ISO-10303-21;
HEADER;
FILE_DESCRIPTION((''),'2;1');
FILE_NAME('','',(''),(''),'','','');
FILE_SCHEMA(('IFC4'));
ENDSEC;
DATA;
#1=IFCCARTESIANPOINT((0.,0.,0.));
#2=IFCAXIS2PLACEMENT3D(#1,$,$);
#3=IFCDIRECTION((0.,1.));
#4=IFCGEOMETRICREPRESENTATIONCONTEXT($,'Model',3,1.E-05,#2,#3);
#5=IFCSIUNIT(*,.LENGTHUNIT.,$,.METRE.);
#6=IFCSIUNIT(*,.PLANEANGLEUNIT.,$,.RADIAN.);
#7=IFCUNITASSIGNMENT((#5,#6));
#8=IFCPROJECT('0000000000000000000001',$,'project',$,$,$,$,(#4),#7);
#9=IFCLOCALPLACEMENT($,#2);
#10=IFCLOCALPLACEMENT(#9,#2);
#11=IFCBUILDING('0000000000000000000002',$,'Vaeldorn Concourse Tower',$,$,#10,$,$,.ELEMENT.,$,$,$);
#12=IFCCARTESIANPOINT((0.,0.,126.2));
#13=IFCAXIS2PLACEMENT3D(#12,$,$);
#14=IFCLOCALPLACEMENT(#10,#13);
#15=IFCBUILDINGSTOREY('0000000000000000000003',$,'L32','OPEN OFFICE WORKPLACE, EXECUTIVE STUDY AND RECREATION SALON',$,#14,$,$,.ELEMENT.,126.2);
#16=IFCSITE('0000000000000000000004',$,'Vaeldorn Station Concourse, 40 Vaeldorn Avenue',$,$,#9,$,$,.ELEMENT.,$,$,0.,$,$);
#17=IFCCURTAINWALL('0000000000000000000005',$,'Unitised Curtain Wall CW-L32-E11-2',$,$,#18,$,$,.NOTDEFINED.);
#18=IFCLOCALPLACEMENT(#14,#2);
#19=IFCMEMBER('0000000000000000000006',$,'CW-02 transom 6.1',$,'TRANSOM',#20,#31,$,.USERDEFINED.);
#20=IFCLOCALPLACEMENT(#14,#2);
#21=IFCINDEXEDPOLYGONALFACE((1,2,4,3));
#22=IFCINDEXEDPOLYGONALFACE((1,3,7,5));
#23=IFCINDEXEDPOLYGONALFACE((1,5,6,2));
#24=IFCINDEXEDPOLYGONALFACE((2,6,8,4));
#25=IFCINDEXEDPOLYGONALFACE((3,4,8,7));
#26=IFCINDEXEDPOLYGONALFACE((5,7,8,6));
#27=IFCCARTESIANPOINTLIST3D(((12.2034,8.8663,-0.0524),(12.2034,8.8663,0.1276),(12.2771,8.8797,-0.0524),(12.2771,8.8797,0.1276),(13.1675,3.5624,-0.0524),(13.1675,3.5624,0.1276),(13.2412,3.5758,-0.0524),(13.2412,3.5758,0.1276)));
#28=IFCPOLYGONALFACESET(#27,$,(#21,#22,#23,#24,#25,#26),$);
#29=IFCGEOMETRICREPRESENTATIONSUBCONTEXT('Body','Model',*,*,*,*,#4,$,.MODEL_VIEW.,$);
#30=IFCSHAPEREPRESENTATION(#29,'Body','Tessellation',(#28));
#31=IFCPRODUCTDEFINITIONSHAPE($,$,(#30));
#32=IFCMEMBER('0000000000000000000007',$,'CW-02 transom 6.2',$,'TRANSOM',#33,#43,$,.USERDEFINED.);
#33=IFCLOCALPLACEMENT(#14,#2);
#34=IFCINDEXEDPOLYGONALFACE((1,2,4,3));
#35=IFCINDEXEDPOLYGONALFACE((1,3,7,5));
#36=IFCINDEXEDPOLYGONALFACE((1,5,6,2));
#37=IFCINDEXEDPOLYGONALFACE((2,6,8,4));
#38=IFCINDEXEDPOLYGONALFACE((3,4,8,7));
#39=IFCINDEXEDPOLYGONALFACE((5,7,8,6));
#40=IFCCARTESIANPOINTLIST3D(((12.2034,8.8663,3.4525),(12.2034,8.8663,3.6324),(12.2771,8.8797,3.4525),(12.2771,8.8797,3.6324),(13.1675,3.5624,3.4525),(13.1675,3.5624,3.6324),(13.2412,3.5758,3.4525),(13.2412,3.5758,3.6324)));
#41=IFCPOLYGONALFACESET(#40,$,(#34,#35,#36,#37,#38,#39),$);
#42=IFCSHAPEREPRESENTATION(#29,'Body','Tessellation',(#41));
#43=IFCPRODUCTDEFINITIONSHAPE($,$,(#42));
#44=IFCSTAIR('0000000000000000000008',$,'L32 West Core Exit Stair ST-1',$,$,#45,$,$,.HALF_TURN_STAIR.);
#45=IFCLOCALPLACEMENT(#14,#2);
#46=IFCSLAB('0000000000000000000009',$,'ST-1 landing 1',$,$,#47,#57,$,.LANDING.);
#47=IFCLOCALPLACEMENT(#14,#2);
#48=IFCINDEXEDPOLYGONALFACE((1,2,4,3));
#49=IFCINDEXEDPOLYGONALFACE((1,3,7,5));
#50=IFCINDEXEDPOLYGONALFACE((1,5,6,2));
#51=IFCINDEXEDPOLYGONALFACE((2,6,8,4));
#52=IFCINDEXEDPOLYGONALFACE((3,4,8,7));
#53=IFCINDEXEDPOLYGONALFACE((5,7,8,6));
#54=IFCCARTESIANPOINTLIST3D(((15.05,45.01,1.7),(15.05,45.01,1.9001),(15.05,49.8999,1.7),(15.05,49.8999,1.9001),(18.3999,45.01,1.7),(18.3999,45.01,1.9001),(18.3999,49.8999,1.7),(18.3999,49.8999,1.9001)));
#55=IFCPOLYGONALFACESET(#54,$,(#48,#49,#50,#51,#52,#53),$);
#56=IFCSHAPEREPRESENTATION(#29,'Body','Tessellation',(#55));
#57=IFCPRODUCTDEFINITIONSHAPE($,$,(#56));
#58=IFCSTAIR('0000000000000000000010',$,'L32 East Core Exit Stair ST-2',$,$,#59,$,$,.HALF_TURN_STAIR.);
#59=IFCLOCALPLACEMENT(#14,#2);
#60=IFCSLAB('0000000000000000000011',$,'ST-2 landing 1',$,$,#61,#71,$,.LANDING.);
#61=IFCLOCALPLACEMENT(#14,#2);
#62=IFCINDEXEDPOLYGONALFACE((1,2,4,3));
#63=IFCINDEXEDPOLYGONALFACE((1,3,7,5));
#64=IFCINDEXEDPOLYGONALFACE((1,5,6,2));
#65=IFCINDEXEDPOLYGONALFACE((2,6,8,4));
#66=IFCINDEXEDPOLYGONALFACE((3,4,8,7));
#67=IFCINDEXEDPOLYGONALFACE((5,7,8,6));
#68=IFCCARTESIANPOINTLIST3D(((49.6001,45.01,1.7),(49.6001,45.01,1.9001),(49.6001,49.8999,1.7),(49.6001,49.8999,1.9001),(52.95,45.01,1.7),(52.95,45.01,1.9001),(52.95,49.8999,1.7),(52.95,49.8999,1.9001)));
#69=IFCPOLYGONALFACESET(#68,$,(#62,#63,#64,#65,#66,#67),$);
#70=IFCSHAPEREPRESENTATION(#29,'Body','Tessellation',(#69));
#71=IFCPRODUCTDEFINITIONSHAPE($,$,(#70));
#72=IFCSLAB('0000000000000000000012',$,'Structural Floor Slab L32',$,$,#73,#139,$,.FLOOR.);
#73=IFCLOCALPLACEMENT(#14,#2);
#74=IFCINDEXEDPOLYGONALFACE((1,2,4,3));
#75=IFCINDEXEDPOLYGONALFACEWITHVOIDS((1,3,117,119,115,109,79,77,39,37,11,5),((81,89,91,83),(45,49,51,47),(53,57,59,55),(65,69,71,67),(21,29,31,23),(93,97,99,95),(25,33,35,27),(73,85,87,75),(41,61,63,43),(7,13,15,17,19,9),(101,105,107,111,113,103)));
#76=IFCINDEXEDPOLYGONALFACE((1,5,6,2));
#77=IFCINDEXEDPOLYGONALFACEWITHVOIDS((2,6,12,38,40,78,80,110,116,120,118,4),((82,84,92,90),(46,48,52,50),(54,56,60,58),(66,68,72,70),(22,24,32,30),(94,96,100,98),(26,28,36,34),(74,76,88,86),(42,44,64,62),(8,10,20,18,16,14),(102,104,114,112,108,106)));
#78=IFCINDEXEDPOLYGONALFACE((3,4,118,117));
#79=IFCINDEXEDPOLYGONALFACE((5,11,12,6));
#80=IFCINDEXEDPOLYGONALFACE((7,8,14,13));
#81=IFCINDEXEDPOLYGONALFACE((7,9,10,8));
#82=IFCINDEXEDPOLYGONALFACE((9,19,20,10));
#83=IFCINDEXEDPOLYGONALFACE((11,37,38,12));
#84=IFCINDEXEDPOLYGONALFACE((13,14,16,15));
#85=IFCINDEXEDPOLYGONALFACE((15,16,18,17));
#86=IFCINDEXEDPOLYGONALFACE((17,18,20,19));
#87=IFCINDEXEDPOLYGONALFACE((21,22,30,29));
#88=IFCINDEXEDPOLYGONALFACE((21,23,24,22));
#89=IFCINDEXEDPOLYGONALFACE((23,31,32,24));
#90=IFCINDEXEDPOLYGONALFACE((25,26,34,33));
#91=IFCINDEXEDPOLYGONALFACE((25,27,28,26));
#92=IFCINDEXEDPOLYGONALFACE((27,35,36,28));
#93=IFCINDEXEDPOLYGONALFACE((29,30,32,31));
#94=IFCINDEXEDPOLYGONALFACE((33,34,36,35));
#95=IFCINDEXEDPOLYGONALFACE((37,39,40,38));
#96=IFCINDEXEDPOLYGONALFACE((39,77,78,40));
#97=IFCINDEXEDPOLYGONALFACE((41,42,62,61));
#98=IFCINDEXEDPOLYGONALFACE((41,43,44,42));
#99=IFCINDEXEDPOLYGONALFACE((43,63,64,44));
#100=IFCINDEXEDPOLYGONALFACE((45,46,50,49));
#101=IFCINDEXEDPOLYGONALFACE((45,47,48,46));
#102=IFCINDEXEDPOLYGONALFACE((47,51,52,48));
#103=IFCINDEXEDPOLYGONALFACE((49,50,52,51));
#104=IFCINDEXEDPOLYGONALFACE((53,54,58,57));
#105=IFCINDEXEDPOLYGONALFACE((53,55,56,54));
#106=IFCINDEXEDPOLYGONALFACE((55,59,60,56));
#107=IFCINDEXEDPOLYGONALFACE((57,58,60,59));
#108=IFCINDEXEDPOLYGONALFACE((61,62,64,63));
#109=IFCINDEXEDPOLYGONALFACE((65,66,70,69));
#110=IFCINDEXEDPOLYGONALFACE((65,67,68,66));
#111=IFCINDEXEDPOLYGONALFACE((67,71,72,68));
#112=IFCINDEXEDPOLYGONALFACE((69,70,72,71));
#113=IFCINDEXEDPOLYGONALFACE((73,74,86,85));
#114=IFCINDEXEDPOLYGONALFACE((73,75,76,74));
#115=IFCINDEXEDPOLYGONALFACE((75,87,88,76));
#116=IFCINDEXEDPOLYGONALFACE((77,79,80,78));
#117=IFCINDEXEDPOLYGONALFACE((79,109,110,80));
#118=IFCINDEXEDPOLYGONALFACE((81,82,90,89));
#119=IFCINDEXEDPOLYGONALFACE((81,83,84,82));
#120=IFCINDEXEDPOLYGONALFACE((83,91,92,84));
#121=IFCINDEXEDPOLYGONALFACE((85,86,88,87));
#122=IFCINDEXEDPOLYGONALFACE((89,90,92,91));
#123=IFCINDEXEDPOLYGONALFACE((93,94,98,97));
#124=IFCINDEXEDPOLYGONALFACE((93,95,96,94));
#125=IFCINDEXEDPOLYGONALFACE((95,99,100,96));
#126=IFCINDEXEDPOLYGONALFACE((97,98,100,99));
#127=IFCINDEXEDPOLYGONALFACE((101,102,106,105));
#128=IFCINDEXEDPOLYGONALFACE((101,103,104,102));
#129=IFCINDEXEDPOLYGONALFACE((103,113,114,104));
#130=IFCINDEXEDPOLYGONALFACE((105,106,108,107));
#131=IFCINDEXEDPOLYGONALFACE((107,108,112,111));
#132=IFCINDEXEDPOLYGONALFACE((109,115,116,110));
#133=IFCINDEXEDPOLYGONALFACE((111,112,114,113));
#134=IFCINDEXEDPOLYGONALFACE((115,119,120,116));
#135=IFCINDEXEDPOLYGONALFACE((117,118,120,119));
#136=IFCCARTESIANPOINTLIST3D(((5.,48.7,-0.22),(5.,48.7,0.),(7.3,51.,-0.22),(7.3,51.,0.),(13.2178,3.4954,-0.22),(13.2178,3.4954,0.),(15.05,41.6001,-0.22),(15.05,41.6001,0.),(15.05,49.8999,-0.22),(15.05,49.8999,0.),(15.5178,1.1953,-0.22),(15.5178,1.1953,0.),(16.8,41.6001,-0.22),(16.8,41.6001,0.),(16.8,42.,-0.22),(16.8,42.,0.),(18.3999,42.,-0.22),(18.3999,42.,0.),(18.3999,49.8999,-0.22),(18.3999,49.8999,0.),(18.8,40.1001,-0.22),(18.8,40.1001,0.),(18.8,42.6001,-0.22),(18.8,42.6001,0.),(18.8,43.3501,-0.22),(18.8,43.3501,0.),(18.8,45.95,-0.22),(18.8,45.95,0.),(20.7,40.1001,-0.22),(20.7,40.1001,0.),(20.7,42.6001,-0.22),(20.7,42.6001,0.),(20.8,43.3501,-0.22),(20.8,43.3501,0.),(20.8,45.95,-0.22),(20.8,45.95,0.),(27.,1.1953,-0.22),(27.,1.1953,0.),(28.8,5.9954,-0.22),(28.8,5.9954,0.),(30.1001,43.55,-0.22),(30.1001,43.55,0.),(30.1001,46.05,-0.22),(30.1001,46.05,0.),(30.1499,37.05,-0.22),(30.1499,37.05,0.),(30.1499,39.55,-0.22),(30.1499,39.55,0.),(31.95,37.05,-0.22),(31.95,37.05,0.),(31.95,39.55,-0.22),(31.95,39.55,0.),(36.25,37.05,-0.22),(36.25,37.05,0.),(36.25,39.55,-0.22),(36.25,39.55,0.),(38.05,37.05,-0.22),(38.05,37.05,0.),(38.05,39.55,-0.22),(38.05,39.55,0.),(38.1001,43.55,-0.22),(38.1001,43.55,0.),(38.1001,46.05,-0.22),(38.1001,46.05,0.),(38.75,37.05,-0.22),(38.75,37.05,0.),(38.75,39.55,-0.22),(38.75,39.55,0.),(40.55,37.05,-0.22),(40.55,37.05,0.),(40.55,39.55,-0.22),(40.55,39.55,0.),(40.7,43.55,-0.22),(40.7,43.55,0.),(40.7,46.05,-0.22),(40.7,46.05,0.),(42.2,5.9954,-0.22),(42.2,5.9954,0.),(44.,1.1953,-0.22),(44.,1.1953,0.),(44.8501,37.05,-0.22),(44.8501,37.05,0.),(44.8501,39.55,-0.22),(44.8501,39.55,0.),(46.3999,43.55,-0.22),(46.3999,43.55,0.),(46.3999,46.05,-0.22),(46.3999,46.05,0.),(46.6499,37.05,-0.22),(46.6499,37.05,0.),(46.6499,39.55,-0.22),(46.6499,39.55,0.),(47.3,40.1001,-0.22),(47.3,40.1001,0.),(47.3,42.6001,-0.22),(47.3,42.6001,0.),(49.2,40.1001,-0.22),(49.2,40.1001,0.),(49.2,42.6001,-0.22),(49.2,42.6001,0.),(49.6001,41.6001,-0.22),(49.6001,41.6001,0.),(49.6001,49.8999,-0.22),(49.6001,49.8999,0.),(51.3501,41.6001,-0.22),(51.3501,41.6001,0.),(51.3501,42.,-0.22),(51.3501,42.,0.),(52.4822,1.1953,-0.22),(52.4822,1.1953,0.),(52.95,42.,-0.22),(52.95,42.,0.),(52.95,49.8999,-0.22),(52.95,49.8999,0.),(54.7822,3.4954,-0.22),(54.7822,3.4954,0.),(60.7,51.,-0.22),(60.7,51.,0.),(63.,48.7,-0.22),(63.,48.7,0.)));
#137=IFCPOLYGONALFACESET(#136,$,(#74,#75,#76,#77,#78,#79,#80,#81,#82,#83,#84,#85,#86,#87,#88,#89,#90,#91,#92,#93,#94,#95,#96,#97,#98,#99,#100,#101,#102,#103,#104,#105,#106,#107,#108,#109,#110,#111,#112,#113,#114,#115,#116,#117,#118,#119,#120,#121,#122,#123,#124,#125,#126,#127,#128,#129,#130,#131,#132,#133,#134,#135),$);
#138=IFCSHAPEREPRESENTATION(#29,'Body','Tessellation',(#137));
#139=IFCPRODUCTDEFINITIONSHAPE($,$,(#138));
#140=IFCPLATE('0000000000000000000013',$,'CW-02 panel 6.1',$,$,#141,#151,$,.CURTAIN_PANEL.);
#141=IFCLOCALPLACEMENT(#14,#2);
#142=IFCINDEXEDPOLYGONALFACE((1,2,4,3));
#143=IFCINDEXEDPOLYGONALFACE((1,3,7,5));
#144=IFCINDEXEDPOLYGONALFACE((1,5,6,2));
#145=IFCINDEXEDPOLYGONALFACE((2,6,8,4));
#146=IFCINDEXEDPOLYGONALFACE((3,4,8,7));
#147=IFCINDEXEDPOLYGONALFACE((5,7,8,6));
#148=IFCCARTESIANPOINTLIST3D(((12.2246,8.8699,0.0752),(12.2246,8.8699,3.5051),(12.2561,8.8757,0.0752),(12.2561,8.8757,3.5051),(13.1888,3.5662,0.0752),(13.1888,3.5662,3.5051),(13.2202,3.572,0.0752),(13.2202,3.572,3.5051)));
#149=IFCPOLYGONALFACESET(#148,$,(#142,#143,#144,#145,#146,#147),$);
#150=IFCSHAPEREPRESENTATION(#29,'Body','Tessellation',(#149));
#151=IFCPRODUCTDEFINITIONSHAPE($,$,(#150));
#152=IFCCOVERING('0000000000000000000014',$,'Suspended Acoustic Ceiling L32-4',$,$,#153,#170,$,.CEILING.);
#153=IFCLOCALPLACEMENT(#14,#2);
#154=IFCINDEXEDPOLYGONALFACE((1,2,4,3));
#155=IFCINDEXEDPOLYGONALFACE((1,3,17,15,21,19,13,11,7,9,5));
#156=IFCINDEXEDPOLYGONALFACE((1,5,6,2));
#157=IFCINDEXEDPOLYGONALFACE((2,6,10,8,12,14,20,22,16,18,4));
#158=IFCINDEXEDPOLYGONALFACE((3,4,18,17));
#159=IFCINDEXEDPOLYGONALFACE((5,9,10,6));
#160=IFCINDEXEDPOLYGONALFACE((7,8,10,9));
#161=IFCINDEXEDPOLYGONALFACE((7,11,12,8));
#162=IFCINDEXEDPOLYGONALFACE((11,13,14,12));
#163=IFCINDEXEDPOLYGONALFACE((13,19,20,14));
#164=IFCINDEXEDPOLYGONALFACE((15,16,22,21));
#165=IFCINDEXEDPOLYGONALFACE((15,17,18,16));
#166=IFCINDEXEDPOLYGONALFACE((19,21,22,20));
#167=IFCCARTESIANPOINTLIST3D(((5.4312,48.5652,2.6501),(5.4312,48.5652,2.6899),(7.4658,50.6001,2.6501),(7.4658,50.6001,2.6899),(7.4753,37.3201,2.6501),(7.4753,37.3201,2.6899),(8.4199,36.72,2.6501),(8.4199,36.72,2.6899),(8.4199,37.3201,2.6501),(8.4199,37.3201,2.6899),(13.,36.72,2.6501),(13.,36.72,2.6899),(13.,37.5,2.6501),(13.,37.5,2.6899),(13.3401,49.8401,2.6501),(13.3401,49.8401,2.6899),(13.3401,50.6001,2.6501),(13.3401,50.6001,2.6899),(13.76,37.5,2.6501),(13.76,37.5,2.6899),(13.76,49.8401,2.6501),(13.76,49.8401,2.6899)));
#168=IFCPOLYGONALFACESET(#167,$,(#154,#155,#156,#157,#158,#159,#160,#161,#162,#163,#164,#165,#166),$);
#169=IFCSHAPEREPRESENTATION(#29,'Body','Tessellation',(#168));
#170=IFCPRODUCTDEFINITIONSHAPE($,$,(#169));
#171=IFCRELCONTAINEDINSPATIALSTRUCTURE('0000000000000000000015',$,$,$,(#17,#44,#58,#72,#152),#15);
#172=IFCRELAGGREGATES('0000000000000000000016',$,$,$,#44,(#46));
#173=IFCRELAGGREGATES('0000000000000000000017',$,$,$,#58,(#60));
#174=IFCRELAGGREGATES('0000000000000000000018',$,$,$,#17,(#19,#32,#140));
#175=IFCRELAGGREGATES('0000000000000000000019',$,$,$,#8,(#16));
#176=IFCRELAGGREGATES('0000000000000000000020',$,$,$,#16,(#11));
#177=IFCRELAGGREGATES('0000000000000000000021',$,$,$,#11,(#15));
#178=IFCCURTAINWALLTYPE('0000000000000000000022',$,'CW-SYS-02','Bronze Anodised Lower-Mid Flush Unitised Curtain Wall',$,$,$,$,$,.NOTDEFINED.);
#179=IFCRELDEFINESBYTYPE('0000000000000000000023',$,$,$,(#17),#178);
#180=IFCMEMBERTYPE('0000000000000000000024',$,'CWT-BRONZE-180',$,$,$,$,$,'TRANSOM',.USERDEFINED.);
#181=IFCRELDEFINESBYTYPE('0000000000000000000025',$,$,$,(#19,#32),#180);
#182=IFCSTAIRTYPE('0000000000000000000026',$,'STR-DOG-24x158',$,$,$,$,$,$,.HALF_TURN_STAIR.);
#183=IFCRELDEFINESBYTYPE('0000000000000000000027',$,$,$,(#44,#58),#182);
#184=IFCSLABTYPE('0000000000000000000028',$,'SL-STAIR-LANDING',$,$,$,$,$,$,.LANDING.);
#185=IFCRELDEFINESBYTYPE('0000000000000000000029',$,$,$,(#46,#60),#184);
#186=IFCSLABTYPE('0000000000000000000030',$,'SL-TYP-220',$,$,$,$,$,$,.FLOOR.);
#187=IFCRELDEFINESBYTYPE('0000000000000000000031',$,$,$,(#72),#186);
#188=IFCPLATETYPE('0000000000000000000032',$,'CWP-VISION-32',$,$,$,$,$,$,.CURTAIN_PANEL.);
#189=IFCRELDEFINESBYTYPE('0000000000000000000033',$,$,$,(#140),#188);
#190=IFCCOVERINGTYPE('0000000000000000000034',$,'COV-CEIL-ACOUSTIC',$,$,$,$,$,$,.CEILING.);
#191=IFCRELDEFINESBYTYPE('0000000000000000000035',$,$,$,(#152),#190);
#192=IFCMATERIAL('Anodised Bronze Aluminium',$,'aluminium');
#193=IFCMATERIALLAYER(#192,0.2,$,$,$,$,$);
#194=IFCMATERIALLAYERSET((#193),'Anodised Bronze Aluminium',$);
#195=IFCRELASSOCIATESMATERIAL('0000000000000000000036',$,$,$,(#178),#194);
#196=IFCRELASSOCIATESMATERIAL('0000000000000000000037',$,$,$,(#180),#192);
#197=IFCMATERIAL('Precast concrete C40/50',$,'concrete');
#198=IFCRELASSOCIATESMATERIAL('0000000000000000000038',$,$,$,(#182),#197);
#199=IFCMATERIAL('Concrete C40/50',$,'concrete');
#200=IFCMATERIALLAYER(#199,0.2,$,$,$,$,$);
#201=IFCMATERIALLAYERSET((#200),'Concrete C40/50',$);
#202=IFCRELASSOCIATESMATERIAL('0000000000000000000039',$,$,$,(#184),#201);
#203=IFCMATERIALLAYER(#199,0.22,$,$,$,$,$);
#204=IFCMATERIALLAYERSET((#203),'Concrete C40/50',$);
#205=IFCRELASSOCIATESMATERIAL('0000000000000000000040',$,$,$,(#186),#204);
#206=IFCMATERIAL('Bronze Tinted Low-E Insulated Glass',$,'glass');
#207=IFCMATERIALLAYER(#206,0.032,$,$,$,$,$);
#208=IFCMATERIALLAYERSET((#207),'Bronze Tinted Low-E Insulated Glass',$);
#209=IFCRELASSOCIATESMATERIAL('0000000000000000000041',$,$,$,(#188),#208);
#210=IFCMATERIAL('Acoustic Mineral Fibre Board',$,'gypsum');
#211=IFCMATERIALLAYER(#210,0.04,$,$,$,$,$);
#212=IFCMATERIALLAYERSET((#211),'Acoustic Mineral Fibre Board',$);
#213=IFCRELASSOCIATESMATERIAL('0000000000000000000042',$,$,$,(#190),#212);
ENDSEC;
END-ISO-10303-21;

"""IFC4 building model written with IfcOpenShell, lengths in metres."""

from ifc_helpers import new_model, si_unit, direction, frame, origin, origin_2d, place, context, subcontext, project, spatial, polyline, rectangle, outline, extrude, source, transform, mapped, material, layer, layer_set, material_profile, profile_set, type_object, element, aggregate, save


model = new_model("IFC4")

# Units and contexts
model_context = context("Model", 3, precision=1e-05, world=origin(), true_north=direction((0.0, 1.0)))
body_context = subcontext(model_context, "Body", "Model", "MODEL_VIEW")
ifc_project = project(units=[si_unit("LENGTHUNIT", "METRE"), si_unit("PLANEANGLEUNIT", "RADIAN")], contexts=[model_context])

# Site, building, storey
site_placement = place(None, origin())
site = spatial("IfcSite", under=ifc_project, at=site_placement, Name="Vaeldorn Station Concourse, 40 Vaeldorn Avenue", CompositionType="ELEMENT", RefElevation=0.0)
building_placement = place(site_placement, origin())
building = spatial("IfcBuilding", under=site, at=building_placement, Name="Vaeldorn Concourse Tower", CompositionType="ELEMENT")
storey_placement = place(building_placement, frame((0.0, 0.0, 126.2)))
storey = spatial("IfcBuildingStorey", under=building, at=storey_placement, Name="L32", Description="OPEN OFFICE WORKPLACE, EXECUTIVE STUDY AND RECREATION SALON", CompositionType="ELEMENT", Elevation=126.2)

# Curtain wall, members
ifc_material_1 = material(Name="Anodised Bronze Aluminium", Category="aluminium")
ifc_layer_1 = layer(ifc_material_1, 0.2)
ifc_layer_set_1 = layer_set([ifc_layer_1], Name="Anodised Bronze Aluminium")
curtain_wall_type = type_object("IfcCurtainWallType", Name="CW-SYS-02", Description="Bronze Anodised Lower-Mid Flush Unitised Curtain Wall", PredefinedType="NOTDEFINED", material=ifc_layer_set_1)
curtain_wall_placement = place(storey_placement, origin())
curtain_wall = element("IfcCurtainWall", 1, at=curtain_wall_placement, inside=storey, type_object=curtain_wall_type, Name="Unitised Curtain Wall CW-L32-E11-2", PredefinedType="NOTDEFINED")
ifc_material_profile = material_profile(ifc_material_1, rectangle(XDim=0.075, YDim=0.1799, at=origin_2d()), Name="CWT 75x180")
ifc_profile_set = profile_set([ifc_material_profile], Name="Anodised Bronze Aluminium")
member_type = type_object("IfcMemberType", Name="CWT-BRONZE-180", ElementType="TRANSOM", PredefinedType="USERDEFINED", material=ifc_profile_set)
shared_shape_1 = source(origin(), body_context, "Body", "SweptSolid", [
    extrude(rectangle(XDim=0.075, YDim=0.1799, at=origin_2d()), origin(), (0.0, 0.0, 1.0), 5.3909),
])
member_1_placement = place(storey_placement, frame((12.2402, 8.873, 0.0376), z_axis=(0.178842, -0.983878, 0.0), x_axis=(0.983878, 0.178842, 0.0)))
member_1 = element("IfcMember", 2, at=member_1_placement, type_object=member_type, Name="CW-02 transom 6.1", ObjectType="TRANSOM", PredefinedType="USERDEFINED", context=body_context, shape_type="MappedRepresentation", body=[
    mapped(shared_shape_1, transform((0.0, 0.0, 0.0), scale=1.0)),
])
member_2_placement = place(storey_placement, frame((12.2402, 8.873, 3.5425), z_axis=(0.178842, -0.983878, 0.0), x_axis=(0.983878, 0.178842, 0.0)))
member_2 = element("IfcMember", 3, at=member_2_placement, type_object=member_type, Name="CW-02 transom 6.2", ObjectType="TRANSOM", PredefinedType="USERDEFINED", context=body_context, shape_type="MappedRepresentation", body=[
    mapped(shared_shape_1, transform((0.0, 0.0, 0.0), scale=1.0)),
])

# Stairs, slabs
ifc_material_2 = material(Name="Precast concrete C40/50", Category="concrete")
stair_type = type_object("IfcStairType", Name="STR-DOG-24x158", PredefinedType="HALF_TURN_STAIR", material=ifc_material_2)
stair_1_placement = place(storey_placement, origin())
stair_1 = element("IfcStair", 4, at=stair_1_placement, inside=storey, type_object=stair_type, Name="L32 West Core Exit Stair ST-1", PredefinedType="HALF_TURN_STAIR")
ifc_material_3 = material(Name="Concrete C40/50", Category="concrete")
ifc_layer_2 = layer(ifc_material_3, 0.2)
ifc_layer_set_2 = layer_set([ifc_layer_2], Name="Concrete C40/50")
slab_type_1 = type_object("IfcSlabType", Name="SL-STAIR-LANDING", PredefinedType="LANDING", material=ifc_layer_set_2)
slab_1_placement = place(storey_placement, frame((0.0, 0.0, 1.7)))
slab_1 = element("IfcSlab", 5, at=slab_1_placement, type_object=slab_type_1, Name="ST-1 landing 1", PredefinedType="LANDING", context=body_context, shape_type="SweptSolid", body=[
    extrude(outline(polyline([(18.3999, 45.01), (18.3999, 49.8999), (15.05, 49.8999), (15.05, 45.01), (18.3999, 45.01)])), origin(), (0.0, 0.0, 1.0), 0.2002),
])
aggregate(stair_1, [slab_1])
stair_2_placement = place(storey_placement, origin())
stair_2 = element("IfcStair", 6, at=stair_2_placement, inside=storey, type_object=stair_type, Name="L32 East Core Exit Stair ST-2", PredefinedType="HALF_TURN_STAIR")
slab_2_placement = place(storey_placement, frame((0.0, 0.0, 1.7)))
slab_2 = element("IfcSlab", 7, at=slab_2_placement, type_object=slab_type_1, Name="ST-2 landing 1", PredefinedType="LANDING", context=body_context, shape_type="SweptSolid", body=[
    extrude(outline(polyline([(52.95, 45.01), (52.95, 49.8999), (49.6001, 49.8999), (49.6001, 45.01), (52.95, 45.01)])), origin(), (0.0, 0.0, 1.0), 0.2002),
])
aggregate(stair_2, [slab_2])

# Slab
ifc_layer_3 = layer(ifc_material_3, 0.22)
ifc_layer_set_3 = layer_set([ifc_layer_3], Name="Concrete C40/50")
slab_type_2 = type_object("IfcSlabType", Name="SL-TYP-220", PredefinedType="FLOOR", material=ifc_layer_set_3)
slab_3_placement = place(storey_placement, frame((0.0, 0.0, -0.22)))
element("IfcSlab", 8, at=slab_3_placement, inside=storey, type_object=slab_type_2, Name="Structural Floor Slab L32", PredefinedType="FLOOR", context=body_context, shape_type="SweptSolid", body=[
    extrude(outline(polyline([(15.5178, 1.1953), (27.0, 1.1953), (28.8, 5.9954), (42.2, 5.9954), (44.0, 1.1953), (52.4822, 1.1953), (54.7822, 3.4954), (63.0, 48.7), (60.7, 51.0), (7.3, 51.0), (5.0, 48.7), (13.2178, 3.4954), (15.5178, 1.1953)]), holes=[polyline([(18.3999, 42.0), (18.3999, 49.8999), (15.05, 49.8999), (15.05, 41.6001), (16.8, 41.6001), (16.8, 42.0), (18.3999, 42.0)]), polyline([(52.95, 42.0), (52.95, 49.8999), (49.6001, 49.8999), (49.6001, 41.6001), (51.3501, 41.6001), (51.3501, 42.0), (52.95, 42.0)]), polyline([(30.1499, 37.05), (31.95, 37.05), (31.95, 39.55), (30.1499, 39.55), (30.1499, 37.05)]), polyline([(36.25, 37.05), (38.05, 37.05), (38.05, 39.55), (36.25, 39.55), (36.25, 37.05)]), polyline([(30.1001, 43.55), (38.1001, 43.55), (38.1001, 46.05), (30.1001, 46.05), (30.1001, 43.55)]), polyline([(38.75, 37.05), (40.55, 37.05), (40.55, 39.55), (38.75, 39.55), (38.75, 37.05)]), polyline([(44.8501, 37.05), (46.6499, 37.05), (46.6499, 39.55), (44.8501, 39.55), (44.8501, 37.05)]), polyline([(40.7, 43.55), (46.3999, 43.55), (46.3999, 46.05), (40.7, 46.05), (40.7, 43.55)]), polyline([(18.8, 43.3501), (20.8, 43.3501), (20.8, 45.95), (18.8, 45.95), (18.8, 43.3501)]), polyline([(18.8, 40.1001), (20.7, 40.1001), (20.7, 42.6001), (18.8, 42.6001), (18.8, 40.1001)]), polyline([(47.3, 40.1001), (49.2, 40.1001), (49.2, 42.6001), (47.3, 42.6001), (47.3, 40.1001)])]), origin(), (0.0, 0.0, 1.0), 0.22),
])

# Plate
ifc_material_4 = material(Name="Bronze Tinted Low-E Insulated Glass", Category="glass")
ifc_layer_4 = layer(ifc_material_4, 0.032)
ifc_layer_set_4 = layer_set([ifc_layer_4], Name="Bronze Tinted Low-E Insulated Glass")
plate_type = type_object("IfcPlateType", Name="CWP-VISION-32", PredefinedType="CURTAIN_PANEL", material=ifc_layer_set_4)
shared_shape_2 = source(origin(), body_context, "Body", "SweptSolid", [
    extrude(rectangle(XDim=5.3906, YDim=0.032, at=origin_2d()), origin(), (0.0, 0.0, 1.0), 3.4299),
])
plate_placement = place(storey_placement, frame((12.7224, 6.2209, 0.0752), z_axis=(0.0, 0.0, 1.0), x_axis=(0.17886, -0.983874, 0.0)))
plate = element("IfcPlate", 9, at=plate_placement, type_object=plate_type, Name="CW-02 panel 6.1", PredefinedType="CURTAIN_PANEL", context=body_context, shape_type="MappedRepresentation", body=[
    mapped(shared_shape_2, transform((0.0, 0.0, 0.0), scale=1.0)),
])
aggregate(curtain_wall, [member_1, member_2, plate])

# Covering
ifc_material_5 = material(Name="Acoustic Mineral Fibre Board", Category="gypsum")
ifc_layer_5 = layer(ifc_material_5, 0.04)
ifc_layer_set_5 = layer_set([ifc_layer_5], Name="Acoustic Mineral Fibre Board")
covering_type_1 = type_object("IfcCoveringType", Name="COV-CEIL-ACOUSTIC", PredefinedType="CEILING", material=ifc_layer_set_5)
covering_1_placement = place(storey_placement, frame((0.0, 0.0, 2.6501)))
element("IfcCovering", 10, at=covering_1_placement, inside=storey, type_object=covering_type_1, Name="Suspended Acoustic Ceiling L32-4", PredefinedType="CEILING", context=body_context, shape_type="SweptSolid", body=[
    extrude(outline(polyline([(7.4658, 50.6001), (13.3401, 50.6001), (13.3401, 49.8401), (13.76, 49.8401), (13.76, 37.5), (13.0, 37.5), (13.0, 36.72), (8.4199, 36.72), (8.4199, 37.3201), (7.4753, 37.3201), (5.4312, 48.5652), (7.4658, 50.6001)])), origin(), (0.0, 0.0, 1.0), 0.0398),
])

save(model, "model.ifc")
